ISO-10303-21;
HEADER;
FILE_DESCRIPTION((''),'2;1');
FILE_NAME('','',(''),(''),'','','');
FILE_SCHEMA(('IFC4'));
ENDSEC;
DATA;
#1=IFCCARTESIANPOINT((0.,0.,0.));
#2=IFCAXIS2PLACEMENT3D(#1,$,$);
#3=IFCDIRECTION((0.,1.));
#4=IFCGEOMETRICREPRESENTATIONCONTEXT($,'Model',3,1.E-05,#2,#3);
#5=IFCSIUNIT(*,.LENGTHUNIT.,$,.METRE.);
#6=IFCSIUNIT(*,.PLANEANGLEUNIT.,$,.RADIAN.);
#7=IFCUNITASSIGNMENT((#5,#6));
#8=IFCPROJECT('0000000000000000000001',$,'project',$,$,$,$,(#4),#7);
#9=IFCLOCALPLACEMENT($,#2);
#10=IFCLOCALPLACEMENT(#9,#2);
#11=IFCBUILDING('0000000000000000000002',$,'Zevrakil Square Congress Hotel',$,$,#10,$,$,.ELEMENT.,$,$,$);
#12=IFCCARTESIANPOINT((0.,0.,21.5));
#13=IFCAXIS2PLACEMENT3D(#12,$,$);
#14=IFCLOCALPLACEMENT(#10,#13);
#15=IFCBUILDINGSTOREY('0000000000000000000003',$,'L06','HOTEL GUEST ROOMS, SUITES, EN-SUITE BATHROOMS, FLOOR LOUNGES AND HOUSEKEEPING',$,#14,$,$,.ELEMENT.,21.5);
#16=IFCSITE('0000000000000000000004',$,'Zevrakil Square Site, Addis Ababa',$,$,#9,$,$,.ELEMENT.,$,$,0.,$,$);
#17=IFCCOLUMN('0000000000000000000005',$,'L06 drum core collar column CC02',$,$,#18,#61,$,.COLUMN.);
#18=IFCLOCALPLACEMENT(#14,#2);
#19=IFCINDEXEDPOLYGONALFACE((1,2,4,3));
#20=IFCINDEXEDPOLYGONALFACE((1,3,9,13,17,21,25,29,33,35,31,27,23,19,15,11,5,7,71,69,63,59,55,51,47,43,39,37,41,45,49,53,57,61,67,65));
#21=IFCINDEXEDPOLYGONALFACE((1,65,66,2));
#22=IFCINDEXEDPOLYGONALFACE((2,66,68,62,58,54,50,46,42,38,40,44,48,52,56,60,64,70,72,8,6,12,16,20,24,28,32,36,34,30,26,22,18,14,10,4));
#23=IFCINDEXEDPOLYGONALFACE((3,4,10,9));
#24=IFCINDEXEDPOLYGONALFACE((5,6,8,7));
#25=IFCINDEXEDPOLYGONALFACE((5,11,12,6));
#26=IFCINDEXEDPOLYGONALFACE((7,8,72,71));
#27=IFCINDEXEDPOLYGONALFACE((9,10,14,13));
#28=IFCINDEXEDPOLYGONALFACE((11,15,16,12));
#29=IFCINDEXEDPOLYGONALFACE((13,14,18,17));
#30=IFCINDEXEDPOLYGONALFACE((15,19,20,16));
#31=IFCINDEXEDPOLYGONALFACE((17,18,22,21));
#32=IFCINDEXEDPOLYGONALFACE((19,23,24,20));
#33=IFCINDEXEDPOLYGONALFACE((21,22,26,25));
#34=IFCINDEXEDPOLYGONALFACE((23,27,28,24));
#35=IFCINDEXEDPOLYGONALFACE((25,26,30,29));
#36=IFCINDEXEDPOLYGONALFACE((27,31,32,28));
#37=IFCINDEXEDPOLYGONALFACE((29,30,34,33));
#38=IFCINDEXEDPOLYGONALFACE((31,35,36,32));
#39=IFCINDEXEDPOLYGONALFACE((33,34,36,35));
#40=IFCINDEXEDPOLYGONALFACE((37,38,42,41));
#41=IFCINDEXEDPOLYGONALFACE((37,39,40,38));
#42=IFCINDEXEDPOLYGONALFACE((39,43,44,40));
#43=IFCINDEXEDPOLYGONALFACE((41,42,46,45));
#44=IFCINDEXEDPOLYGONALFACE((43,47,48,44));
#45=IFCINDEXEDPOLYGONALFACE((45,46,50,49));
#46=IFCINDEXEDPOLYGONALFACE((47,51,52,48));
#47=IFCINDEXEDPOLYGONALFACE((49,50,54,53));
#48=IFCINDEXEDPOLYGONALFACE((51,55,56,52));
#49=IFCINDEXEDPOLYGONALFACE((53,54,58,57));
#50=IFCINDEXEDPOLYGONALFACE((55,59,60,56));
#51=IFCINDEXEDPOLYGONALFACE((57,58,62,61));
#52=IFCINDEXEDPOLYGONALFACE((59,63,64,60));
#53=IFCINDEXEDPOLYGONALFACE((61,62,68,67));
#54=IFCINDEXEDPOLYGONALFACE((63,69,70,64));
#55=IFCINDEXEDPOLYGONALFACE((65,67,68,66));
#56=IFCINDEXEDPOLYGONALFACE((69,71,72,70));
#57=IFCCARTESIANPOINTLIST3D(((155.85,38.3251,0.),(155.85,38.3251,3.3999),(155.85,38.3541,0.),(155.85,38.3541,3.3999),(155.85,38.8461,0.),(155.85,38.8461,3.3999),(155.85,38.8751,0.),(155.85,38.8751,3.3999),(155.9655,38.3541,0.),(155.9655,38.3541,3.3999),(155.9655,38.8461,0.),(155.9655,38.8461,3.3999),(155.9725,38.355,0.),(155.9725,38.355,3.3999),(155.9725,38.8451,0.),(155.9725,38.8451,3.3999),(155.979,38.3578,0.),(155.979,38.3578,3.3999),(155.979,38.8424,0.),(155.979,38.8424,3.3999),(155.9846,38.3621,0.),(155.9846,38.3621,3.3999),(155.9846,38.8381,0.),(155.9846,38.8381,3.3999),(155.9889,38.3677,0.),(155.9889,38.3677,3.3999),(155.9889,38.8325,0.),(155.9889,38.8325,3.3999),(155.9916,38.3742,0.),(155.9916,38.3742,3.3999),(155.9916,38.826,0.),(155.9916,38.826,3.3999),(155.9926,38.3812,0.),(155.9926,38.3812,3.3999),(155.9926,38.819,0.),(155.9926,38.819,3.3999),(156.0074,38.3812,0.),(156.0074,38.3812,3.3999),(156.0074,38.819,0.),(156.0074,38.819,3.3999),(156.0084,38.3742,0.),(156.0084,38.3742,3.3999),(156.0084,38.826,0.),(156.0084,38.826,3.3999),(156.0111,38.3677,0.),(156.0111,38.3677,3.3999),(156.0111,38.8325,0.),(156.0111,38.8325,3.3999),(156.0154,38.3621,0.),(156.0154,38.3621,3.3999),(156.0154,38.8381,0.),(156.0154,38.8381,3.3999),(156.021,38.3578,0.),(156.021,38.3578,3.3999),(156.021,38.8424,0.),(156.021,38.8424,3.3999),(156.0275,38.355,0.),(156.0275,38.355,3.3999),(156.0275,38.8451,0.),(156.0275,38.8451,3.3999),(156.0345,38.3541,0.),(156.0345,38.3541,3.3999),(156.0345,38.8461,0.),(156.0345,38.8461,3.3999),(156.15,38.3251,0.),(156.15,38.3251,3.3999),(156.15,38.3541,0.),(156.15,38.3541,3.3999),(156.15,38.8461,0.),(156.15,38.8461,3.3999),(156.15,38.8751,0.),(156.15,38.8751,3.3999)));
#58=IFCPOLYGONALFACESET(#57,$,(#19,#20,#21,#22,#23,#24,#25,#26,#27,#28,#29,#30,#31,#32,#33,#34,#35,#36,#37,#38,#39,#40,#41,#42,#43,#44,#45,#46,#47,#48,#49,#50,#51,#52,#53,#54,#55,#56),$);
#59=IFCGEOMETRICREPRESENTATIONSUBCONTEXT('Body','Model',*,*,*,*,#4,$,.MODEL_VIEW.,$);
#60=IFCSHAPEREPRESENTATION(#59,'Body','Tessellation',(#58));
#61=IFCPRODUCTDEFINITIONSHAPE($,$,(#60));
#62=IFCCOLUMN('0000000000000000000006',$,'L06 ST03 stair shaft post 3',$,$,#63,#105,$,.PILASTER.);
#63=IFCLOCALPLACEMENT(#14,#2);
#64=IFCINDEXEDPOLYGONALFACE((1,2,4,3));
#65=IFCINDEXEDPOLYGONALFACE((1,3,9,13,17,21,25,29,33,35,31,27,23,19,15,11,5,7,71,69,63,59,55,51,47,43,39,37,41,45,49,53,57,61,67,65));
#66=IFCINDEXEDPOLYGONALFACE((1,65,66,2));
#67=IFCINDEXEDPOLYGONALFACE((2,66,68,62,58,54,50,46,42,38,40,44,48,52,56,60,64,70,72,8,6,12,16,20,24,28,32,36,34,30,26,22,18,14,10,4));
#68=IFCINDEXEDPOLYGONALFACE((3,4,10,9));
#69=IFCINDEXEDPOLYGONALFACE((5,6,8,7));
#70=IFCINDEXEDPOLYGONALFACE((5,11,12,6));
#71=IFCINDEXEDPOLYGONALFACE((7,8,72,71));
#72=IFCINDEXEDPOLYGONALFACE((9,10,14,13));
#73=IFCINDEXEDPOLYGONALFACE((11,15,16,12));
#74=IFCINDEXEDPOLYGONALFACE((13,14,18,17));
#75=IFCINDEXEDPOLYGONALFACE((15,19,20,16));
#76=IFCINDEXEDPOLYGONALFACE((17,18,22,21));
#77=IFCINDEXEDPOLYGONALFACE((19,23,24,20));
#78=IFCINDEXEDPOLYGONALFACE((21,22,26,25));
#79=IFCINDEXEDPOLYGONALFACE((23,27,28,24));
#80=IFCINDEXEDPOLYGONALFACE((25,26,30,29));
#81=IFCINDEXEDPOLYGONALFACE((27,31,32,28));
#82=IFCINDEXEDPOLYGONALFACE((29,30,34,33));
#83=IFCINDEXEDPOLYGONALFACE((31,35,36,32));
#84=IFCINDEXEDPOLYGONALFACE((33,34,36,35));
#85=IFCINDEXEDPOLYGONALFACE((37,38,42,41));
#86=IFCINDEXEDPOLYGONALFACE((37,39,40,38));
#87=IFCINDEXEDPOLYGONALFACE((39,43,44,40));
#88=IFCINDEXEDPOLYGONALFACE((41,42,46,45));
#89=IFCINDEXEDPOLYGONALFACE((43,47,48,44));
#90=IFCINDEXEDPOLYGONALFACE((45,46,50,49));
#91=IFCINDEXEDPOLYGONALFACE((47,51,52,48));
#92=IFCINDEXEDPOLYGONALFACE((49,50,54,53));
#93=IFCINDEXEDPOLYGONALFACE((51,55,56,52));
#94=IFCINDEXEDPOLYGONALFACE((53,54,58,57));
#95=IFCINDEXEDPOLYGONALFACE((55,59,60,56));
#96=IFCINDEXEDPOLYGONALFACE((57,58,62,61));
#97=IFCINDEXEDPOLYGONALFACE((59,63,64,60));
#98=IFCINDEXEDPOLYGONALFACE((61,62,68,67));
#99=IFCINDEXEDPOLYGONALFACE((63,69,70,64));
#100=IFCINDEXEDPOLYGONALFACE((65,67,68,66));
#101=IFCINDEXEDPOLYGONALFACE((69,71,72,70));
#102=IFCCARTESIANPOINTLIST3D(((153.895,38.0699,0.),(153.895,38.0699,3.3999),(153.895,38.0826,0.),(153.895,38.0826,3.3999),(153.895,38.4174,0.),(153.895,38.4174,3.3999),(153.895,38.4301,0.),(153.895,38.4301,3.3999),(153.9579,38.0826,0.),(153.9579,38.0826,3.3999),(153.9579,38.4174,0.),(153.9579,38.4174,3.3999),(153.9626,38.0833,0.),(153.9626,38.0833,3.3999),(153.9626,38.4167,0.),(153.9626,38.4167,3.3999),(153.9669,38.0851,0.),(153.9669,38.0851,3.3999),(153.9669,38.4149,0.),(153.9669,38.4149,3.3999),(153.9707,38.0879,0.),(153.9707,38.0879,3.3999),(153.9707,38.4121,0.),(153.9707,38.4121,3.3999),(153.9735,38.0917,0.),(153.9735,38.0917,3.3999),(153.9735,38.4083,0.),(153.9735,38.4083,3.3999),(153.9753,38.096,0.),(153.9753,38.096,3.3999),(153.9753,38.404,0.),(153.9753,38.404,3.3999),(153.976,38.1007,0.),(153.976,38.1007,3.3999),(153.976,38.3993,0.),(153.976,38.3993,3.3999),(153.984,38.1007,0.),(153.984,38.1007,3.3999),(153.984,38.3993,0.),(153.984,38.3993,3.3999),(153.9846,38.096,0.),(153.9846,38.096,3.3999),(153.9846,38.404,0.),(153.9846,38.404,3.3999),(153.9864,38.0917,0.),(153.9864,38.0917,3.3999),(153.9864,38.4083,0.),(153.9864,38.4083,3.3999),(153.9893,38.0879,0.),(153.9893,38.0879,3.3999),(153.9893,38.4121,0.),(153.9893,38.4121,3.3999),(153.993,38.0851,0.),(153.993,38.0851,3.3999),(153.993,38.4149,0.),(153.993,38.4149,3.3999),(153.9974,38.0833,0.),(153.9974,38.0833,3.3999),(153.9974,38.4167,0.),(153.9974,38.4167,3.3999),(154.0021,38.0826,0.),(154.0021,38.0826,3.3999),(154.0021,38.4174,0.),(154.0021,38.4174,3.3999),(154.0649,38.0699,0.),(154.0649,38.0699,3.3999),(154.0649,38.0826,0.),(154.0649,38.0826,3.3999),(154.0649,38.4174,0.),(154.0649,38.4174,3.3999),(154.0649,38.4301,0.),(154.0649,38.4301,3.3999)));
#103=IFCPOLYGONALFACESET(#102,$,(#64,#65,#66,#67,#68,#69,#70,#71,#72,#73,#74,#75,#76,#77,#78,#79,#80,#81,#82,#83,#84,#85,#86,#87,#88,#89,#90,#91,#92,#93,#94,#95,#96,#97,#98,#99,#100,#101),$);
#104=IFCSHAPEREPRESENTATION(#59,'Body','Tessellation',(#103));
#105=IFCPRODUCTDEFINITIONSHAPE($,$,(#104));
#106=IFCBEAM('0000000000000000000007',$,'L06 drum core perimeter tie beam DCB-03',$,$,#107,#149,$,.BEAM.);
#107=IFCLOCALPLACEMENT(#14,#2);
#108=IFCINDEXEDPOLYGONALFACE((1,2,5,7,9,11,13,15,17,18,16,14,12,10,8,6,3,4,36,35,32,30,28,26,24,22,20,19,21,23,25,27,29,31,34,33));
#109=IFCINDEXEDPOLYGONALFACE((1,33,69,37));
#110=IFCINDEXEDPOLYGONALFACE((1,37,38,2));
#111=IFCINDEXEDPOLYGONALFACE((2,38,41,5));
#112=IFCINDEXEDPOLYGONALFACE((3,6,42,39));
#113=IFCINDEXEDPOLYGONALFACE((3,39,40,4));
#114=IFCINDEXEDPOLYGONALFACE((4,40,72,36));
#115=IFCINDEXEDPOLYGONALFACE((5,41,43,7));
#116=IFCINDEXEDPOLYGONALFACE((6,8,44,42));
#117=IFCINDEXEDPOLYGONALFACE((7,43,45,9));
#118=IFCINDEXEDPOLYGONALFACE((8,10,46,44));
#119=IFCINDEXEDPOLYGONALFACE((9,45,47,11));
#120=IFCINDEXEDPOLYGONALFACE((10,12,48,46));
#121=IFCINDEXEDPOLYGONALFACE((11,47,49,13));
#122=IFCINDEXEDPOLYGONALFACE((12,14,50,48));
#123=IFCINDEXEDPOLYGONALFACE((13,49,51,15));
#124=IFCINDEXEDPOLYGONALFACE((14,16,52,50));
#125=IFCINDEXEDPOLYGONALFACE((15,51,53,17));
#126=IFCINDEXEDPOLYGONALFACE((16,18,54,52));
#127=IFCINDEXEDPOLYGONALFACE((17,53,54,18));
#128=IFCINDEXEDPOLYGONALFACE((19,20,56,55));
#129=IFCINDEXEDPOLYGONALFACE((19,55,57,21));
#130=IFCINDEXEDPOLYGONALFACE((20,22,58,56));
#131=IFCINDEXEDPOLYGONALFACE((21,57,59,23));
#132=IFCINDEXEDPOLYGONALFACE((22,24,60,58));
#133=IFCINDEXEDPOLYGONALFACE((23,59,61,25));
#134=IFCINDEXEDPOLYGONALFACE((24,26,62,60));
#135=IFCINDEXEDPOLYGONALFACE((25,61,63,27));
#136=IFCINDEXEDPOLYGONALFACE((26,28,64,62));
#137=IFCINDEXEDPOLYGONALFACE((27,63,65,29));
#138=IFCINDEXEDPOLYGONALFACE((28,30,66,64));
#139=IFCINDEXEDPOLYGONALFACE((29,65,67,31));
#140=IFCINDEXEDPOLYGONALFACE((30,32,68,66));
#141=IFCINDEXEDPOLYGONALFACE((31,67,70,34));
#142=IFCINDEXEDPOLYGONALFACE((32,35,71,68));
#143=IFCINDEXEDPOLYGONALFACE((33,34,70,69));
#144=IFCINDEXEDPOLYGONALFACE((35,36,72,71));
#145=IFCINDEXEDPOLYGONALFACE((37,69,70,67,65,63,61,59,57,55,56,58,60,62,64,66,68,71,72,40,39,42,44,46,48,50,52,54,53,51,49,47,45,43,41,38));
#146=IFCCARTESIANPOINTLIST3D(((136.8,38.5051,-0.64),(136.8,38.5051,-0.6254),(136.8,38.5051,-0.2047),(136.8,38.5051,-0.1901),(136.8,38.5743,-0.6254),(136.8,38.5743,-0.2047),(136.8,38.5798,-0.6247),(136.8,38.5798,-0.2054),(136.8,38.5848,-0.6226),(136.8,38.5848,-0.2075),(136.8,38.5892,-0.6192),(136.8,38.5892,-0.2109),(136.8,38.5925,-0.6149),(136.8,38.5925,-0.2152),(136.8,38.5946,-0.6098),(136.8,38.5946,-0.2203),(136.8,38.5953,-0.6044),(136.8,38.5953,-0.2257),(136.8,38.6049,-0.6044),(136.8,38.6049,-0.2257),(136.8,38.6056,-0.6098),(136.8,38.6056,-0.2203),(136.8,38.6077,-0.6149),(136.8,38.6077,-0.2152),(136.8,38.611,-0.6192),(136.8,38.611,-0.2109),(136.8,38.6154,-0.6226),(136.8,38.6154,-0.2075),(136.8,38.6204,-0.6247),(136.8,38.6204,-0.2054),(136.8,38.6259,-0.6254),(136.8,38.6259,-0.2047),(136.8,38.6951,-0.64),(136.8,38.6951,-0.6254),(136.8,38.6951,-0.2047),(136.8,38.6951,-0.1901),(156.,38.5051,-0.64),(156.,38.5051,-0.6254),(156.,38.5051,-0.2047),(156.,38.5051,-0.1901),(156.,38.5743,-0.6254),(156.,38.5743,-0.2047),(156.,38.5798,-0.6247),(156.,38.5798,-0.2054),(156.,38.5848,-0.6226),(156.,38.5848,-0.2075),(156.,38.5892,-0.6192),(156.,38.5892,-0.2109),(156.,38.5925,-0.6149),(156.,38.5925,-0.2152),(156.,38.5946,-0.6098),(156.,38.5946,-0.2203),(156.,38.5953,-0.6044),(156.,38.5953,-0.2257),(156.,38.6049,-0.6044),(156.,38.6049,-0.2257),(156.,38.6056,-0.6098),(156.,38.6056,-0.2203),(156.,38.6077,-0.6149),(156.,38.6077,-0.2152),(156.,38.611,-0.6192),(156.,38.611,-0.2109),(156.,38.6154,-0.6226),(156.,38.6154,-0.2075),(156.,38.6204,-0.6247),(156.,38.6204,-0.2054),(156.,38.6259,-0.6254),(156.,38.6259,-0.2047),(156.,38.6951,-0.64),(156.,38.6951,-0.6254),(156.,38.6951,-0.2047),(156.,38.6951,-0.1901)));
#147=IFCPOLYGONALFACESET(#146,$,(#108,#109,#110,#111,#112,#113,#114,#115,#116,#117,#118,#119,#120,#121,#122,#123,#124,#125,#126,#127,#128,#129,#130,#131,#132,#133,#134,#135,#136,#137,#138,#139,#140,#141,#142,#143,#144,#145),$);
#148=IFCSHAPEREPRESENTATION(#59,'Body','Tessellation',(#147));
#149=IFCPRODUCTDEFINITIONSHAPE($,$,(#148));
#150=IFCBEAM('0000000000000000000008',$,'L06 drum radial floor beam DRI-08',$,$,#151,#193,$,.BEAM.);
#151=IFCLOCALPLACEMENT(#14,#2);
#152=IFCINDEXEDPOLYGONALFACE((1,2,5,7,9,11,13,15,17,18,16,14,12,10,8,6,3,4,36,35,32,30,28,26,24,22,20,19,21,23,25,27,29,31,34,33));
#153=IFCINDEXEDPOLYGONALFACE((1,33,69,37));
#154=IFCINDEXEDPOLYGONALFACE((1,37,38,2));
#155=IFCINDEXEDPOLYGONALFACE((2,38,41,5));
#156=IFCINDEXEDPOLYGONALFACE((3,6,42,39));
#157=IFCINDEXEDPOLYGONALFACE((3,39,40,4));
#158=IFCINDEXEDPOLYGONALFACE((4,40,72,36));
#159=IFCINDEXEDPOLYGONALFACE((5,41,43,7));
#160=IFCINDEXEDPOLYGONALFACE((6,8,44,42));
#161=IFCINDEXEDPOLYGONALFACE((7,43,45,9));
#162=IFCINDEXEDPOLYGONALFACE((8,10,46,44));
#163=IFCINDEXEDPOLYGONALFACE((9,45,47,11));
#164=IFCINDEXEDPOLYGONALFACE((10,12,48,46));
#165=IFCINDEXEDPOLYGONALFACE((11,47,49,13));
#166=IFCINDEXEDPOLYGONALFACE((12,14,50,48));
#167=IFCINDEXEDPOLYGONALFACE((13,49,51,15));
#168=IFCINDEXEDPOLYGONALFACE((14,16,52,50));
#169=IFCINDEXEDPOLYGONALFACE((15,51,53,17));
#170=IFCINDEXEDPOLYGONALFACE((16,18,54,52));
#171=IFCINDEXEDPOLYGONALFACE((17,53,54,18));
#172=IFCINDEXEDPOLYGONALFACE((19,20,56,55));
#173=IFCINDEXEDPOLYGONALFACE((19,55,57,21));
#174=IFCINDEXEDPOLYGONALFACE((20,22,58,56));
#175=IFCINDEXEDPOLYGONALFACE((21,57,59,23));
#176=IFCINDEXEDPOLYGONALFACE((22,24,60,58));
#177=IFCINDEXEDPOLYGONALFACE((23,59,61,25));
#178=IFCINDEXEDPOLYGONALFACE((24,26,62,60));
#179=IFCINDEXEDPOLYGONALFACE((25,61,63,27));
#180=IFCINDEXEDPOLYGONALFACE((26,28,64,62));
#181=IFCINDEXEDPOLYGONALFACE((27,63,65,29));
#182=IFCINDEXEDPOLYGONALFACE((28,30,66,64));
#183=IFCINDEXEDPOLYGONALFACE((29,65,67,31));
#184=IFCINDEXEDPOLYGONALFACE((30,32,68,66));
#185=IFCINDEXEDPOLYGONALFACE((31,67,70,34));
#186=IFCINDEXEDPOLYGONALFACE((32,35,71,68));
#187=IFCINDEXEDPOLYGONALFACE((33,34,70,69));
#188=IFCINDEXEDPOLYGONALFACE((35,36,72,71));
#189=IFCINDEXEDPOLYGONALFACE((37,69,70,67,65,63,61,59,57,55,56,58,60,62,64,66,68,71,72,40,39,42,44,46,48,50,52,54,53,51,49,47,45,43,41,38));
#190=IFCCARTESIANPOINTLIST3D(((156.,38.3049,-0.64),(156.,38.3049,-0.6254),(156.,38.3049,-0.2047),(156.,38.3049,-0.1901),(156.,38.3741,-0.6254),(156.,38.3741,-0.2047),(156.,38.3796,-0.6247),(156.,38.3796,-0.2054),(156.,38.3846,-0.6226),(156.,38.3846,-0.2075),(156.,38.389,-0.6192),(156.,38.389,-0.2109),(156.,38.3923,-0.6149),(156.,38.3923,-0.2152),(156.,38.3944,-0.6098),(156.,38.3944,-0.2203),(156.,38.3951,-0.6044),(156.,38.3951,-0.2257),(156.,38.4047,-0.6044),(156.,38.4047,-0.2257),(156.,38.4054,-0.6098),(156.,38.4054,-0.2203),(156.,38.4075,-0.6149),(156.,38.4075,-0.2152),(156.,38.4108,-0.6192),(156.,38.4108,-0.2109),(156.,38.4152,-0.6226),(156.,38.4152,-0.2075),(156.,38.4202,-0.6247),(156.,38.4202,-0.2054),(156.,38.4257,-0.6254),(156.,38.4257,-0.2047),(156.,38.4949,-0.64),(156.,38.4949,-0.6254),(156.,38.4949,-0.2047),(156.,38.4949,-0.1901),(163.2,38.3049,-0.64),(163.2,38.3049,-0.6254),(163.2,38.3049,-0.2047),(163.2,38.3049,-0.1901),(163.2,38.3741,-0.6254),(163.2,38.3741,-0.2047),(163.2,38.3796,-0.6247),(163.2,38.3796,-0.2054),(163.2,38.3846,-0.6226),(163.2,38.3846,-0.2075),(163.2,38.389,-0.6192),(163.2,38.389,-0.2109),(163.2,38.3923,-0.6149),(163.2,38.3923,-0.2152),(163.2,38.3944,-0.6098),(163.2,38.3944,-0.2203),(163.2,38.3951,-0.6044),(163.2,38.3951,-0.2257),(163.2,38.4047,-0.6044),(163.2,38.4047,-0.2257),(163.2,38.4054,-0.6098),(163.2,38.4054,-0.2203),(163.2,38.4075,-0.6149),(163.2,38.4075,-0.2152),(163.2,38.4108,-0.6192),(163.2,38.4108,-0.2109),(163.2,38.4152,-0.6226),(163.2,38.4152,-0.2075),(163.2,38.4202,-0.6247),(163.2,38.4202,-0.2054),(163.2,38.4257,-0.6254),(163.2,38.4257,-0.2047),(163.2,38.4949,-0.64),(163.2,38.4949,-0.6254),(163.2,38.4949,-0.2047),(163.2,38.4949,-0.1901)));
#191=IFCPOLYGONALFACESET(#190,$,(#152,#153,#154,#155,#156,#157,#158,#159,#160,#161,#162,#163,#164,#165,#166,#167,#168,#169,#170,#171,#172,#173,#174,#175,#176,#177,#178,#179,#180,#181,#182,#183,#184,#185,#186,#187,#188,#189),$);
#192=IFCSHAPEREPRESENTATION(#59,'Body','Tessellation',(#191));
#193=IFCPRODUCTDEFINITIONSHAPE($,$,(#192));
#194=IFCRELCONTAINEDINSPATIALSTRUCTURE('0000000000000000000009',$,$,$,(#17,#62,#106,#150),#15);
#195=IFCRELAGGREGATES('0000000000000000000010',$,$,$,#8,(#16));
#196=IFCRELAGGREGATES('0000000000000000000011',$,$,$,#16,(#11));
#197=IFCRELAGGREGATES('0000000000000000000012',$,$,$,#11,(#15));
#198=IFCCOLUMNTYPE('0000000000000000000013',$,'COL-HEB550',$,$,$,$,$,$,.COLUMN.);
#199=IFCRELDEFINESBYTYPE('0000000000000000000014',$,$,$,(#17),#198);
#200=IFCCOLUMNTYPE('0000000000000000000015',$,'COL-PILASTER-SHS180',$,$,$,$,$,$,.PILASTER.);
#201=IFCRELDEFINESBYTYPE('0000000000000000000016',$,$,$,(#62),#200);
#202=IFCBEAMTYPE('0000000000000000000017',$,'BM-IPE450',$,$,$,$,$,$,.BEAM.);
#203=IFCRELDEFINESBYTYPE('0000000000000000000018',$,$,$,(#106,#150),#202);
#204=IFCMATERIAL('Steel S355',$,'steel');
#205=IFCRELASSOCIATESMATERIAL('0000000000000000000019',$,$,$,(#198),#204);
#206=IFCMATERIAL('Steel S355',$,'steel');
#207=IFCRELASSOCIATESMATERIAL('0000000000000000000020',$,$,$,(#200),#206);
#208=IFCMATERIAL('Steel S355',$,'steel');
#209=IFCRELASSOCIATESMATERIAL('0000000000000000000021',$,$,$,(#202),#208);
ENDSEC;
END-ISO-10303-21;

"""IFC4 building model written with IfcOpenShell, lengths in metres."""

from ifc_helpers import new_model, si_unit, direction, frame, origin, origin_2d, place, context, subcontext, project, spatial, i_section, extrude, material, material_profile, profile_set, type_object, element, save


model = new_model("IFC4")

# Units and contexts
model_context = context("Model", 3, precision=1e-05, world=origin(), true_north=direction((0.0, 1.0)))
body_context = subcontext(model_context, "Body", "Model", "MODEL_VIEW")
ifc_project = project(units=[si_unit("LENGTHUNIT", "METRE"), si_unit("PLANEANGLEUNIT", "RADIAN")], contexts=[model_context])

# Site, building, storey
site_placement = place(None, origin())
site = spatial("IfcSite", under=ifc_project, at=site_placement, Name="Zevrakil Square Site, Addis Ababa", CompositionType="ELEMENT", RefElevation=0.0)
building_placement = place(site_placement, origin())
building = spatial("IfcBuilding", under=site, at=building_placement, Name="Zevrakil Square Congress Hotel", CompositionType="ELEMENT")
storey_placement = place(building_placement, frame((0.0, 0.0, 21.5)))
storey = spatial("IfcBuildingStorey", under=building, at=storey_placement, Name="L06", Description="HOTEL GUEST ROOMS, SUITES, EN-SUITE BATHROOMS, FLOOR LOUNGES AND HOUSEKEEPING", CompositionType="ELEMENT", Elevation=21.5)

# Columns
ifc_material_1 = material(Name="Steel S355", Category="steel")
ifc_material_profile_1 = material_profile(ifc_material_1, i_section(OverallWidth=0.3, OverallDepth=0.55, WebThickness=0.0149, FlangeThickness=0.0291, FilletRadius=0.0271, at=origin_2d()), Name="HEB 550")
ifc_profile_set_1 = profile_set([ifc_material_profile_1], Name="Steel S355")
column_type_1 = type_object("IfcColumnType", Name="COL-HEB550", PredefinedType="COLUMN", material=ifc_profile_set_1)
column_1_placement = place(storey_placement, frame((156.0, 38.6001, 0.0), z_axis=(0.0, 0.0, 1.0), x_axis=(1.0, 0.0, 0.0)))
element("IfcColumn", 1, at=column_1_placement, inside=storey, type_object=column_type_1, Name="L06 drum core collar column CC02", PredefinedType="COLUMN", context=body_context, shape_type="SweptSolid", body=[
    extrude(i_section(OverallWidth=0.3, OverallDepth=0.55, WebThickness=0.0149, FlangeThickness=0.0291, FilletRadius=0.0271, at=origin_2d()), origin(), (0.0, 0.0, 1.0), 3.3999),
])
ifc_material_2 = material(Name="Steel S355", Category="steel")
ifc_material_profile_2 = material_profile(ifc_material_2, i_section(OverallWidth=0.1699, OverallDepth=0.3601, WebThickness=0.0081, FlangeThickness=0.0127, FilletRadius=0.0181, at=origin_2d()), Name="IPE 360")
ifc_profile_set_2 = profile_set([ifc_material_profile_2], Name="Steel S355")
column_type_2 = type_object("IfcColumnType", Name="COL-PILASTER-SHS180", PredefinedType="PILASTER", material=ifc_profile_set_2)
column_2_placement = place(storey_placement, frame((153.98, 38.25, 0.0), z_axis=(0.0, 0.0, 1.0), x_axis=(1.0, 0.0, 0.0)))
element("IfcColumn", 2, at=column_2_placement, inside=storey, type_object=column_type_2, Name="L06 ST03 stair shaft post 3", PredefinedType="PILASTER", context=body_context, shape_type="SweptSolid", body=[
    extrude(i_section(OverallWidth=0.1699, OverallDepth=0.3601, WebThickness=0.0081, FlangeThickness=0.0127, FilletRadius=0.0181, at=origin_2d()), origin(), (0.0, 0.0, 1.0), 3.3999),
])

# Beams
ifc_material_3 = material(Name="Steel S355", Category="steel")
ifc_material_profile_3 = material_profile(ifc_material_3, i_section(OverallWidth=0.1899, OverallDepth=0.45, WebThickness=0.0095, FlangeThickness=0.0146, FilletRadius=0.021, at=origin_2d()), Name="IPE 450")
ifc_profile_set_3 = profile_set([ifc_material_profile_3], Name="Steel S355")
beam_type = type_object("IfcBeamType", Name="BM-IPE450", PredefinedType="BEAM", material=ifc_profile_set_3)
beam_1_placement = place(storey_placement, frame((156.0, 38.6001, -0.415), z_axis=(-1.0, 0.0, 0.0), x_axis=(0.0, -1.0, 0.0)))
element("IfcBeam", 3, at=beam_1_placement, inside=storey, type_object=beam_type, Name="L06 drum core perimeter tie beam DCB-03", PredefinedType="BEAM", context=body_context, shape_type="SweptSolid", body=[
    extrude(i_section(OverallWidth=0.1899, OverallDepth=0.45, WebThickness=0.0095, FlangeThickness=0.0146, FilletRadius=0.021, at=origin_2d()), origin(), (0.0, 0.0, 1.0), 19.2),
])
beam_2_placement = place(storey_placement, frame((156.0, 38.3999, -0.415), z_axis=(1.0, 0.0, 0.0), x_axis=(0.0, 1.0, 0.0)))
element("IfcBeam", 4, at=beam_2_placement, inside=storey, type_object=beam_type, Name="L06 drum radial floor beam DRI-08", PredefinedType="BEAM", context=body_context, shape_type="SweptSolid", body=[
    extrude(i_section(OverallWidth=0.1899, OverallDepth=0.45, WebThickness=0.0095, FlangeThickness=0.0146, FilletRadius=0.021, at=origin_2d()), origin(), (0.0, 0.0, 1.0), 7.2),
])

save(model, "model.ifc")
